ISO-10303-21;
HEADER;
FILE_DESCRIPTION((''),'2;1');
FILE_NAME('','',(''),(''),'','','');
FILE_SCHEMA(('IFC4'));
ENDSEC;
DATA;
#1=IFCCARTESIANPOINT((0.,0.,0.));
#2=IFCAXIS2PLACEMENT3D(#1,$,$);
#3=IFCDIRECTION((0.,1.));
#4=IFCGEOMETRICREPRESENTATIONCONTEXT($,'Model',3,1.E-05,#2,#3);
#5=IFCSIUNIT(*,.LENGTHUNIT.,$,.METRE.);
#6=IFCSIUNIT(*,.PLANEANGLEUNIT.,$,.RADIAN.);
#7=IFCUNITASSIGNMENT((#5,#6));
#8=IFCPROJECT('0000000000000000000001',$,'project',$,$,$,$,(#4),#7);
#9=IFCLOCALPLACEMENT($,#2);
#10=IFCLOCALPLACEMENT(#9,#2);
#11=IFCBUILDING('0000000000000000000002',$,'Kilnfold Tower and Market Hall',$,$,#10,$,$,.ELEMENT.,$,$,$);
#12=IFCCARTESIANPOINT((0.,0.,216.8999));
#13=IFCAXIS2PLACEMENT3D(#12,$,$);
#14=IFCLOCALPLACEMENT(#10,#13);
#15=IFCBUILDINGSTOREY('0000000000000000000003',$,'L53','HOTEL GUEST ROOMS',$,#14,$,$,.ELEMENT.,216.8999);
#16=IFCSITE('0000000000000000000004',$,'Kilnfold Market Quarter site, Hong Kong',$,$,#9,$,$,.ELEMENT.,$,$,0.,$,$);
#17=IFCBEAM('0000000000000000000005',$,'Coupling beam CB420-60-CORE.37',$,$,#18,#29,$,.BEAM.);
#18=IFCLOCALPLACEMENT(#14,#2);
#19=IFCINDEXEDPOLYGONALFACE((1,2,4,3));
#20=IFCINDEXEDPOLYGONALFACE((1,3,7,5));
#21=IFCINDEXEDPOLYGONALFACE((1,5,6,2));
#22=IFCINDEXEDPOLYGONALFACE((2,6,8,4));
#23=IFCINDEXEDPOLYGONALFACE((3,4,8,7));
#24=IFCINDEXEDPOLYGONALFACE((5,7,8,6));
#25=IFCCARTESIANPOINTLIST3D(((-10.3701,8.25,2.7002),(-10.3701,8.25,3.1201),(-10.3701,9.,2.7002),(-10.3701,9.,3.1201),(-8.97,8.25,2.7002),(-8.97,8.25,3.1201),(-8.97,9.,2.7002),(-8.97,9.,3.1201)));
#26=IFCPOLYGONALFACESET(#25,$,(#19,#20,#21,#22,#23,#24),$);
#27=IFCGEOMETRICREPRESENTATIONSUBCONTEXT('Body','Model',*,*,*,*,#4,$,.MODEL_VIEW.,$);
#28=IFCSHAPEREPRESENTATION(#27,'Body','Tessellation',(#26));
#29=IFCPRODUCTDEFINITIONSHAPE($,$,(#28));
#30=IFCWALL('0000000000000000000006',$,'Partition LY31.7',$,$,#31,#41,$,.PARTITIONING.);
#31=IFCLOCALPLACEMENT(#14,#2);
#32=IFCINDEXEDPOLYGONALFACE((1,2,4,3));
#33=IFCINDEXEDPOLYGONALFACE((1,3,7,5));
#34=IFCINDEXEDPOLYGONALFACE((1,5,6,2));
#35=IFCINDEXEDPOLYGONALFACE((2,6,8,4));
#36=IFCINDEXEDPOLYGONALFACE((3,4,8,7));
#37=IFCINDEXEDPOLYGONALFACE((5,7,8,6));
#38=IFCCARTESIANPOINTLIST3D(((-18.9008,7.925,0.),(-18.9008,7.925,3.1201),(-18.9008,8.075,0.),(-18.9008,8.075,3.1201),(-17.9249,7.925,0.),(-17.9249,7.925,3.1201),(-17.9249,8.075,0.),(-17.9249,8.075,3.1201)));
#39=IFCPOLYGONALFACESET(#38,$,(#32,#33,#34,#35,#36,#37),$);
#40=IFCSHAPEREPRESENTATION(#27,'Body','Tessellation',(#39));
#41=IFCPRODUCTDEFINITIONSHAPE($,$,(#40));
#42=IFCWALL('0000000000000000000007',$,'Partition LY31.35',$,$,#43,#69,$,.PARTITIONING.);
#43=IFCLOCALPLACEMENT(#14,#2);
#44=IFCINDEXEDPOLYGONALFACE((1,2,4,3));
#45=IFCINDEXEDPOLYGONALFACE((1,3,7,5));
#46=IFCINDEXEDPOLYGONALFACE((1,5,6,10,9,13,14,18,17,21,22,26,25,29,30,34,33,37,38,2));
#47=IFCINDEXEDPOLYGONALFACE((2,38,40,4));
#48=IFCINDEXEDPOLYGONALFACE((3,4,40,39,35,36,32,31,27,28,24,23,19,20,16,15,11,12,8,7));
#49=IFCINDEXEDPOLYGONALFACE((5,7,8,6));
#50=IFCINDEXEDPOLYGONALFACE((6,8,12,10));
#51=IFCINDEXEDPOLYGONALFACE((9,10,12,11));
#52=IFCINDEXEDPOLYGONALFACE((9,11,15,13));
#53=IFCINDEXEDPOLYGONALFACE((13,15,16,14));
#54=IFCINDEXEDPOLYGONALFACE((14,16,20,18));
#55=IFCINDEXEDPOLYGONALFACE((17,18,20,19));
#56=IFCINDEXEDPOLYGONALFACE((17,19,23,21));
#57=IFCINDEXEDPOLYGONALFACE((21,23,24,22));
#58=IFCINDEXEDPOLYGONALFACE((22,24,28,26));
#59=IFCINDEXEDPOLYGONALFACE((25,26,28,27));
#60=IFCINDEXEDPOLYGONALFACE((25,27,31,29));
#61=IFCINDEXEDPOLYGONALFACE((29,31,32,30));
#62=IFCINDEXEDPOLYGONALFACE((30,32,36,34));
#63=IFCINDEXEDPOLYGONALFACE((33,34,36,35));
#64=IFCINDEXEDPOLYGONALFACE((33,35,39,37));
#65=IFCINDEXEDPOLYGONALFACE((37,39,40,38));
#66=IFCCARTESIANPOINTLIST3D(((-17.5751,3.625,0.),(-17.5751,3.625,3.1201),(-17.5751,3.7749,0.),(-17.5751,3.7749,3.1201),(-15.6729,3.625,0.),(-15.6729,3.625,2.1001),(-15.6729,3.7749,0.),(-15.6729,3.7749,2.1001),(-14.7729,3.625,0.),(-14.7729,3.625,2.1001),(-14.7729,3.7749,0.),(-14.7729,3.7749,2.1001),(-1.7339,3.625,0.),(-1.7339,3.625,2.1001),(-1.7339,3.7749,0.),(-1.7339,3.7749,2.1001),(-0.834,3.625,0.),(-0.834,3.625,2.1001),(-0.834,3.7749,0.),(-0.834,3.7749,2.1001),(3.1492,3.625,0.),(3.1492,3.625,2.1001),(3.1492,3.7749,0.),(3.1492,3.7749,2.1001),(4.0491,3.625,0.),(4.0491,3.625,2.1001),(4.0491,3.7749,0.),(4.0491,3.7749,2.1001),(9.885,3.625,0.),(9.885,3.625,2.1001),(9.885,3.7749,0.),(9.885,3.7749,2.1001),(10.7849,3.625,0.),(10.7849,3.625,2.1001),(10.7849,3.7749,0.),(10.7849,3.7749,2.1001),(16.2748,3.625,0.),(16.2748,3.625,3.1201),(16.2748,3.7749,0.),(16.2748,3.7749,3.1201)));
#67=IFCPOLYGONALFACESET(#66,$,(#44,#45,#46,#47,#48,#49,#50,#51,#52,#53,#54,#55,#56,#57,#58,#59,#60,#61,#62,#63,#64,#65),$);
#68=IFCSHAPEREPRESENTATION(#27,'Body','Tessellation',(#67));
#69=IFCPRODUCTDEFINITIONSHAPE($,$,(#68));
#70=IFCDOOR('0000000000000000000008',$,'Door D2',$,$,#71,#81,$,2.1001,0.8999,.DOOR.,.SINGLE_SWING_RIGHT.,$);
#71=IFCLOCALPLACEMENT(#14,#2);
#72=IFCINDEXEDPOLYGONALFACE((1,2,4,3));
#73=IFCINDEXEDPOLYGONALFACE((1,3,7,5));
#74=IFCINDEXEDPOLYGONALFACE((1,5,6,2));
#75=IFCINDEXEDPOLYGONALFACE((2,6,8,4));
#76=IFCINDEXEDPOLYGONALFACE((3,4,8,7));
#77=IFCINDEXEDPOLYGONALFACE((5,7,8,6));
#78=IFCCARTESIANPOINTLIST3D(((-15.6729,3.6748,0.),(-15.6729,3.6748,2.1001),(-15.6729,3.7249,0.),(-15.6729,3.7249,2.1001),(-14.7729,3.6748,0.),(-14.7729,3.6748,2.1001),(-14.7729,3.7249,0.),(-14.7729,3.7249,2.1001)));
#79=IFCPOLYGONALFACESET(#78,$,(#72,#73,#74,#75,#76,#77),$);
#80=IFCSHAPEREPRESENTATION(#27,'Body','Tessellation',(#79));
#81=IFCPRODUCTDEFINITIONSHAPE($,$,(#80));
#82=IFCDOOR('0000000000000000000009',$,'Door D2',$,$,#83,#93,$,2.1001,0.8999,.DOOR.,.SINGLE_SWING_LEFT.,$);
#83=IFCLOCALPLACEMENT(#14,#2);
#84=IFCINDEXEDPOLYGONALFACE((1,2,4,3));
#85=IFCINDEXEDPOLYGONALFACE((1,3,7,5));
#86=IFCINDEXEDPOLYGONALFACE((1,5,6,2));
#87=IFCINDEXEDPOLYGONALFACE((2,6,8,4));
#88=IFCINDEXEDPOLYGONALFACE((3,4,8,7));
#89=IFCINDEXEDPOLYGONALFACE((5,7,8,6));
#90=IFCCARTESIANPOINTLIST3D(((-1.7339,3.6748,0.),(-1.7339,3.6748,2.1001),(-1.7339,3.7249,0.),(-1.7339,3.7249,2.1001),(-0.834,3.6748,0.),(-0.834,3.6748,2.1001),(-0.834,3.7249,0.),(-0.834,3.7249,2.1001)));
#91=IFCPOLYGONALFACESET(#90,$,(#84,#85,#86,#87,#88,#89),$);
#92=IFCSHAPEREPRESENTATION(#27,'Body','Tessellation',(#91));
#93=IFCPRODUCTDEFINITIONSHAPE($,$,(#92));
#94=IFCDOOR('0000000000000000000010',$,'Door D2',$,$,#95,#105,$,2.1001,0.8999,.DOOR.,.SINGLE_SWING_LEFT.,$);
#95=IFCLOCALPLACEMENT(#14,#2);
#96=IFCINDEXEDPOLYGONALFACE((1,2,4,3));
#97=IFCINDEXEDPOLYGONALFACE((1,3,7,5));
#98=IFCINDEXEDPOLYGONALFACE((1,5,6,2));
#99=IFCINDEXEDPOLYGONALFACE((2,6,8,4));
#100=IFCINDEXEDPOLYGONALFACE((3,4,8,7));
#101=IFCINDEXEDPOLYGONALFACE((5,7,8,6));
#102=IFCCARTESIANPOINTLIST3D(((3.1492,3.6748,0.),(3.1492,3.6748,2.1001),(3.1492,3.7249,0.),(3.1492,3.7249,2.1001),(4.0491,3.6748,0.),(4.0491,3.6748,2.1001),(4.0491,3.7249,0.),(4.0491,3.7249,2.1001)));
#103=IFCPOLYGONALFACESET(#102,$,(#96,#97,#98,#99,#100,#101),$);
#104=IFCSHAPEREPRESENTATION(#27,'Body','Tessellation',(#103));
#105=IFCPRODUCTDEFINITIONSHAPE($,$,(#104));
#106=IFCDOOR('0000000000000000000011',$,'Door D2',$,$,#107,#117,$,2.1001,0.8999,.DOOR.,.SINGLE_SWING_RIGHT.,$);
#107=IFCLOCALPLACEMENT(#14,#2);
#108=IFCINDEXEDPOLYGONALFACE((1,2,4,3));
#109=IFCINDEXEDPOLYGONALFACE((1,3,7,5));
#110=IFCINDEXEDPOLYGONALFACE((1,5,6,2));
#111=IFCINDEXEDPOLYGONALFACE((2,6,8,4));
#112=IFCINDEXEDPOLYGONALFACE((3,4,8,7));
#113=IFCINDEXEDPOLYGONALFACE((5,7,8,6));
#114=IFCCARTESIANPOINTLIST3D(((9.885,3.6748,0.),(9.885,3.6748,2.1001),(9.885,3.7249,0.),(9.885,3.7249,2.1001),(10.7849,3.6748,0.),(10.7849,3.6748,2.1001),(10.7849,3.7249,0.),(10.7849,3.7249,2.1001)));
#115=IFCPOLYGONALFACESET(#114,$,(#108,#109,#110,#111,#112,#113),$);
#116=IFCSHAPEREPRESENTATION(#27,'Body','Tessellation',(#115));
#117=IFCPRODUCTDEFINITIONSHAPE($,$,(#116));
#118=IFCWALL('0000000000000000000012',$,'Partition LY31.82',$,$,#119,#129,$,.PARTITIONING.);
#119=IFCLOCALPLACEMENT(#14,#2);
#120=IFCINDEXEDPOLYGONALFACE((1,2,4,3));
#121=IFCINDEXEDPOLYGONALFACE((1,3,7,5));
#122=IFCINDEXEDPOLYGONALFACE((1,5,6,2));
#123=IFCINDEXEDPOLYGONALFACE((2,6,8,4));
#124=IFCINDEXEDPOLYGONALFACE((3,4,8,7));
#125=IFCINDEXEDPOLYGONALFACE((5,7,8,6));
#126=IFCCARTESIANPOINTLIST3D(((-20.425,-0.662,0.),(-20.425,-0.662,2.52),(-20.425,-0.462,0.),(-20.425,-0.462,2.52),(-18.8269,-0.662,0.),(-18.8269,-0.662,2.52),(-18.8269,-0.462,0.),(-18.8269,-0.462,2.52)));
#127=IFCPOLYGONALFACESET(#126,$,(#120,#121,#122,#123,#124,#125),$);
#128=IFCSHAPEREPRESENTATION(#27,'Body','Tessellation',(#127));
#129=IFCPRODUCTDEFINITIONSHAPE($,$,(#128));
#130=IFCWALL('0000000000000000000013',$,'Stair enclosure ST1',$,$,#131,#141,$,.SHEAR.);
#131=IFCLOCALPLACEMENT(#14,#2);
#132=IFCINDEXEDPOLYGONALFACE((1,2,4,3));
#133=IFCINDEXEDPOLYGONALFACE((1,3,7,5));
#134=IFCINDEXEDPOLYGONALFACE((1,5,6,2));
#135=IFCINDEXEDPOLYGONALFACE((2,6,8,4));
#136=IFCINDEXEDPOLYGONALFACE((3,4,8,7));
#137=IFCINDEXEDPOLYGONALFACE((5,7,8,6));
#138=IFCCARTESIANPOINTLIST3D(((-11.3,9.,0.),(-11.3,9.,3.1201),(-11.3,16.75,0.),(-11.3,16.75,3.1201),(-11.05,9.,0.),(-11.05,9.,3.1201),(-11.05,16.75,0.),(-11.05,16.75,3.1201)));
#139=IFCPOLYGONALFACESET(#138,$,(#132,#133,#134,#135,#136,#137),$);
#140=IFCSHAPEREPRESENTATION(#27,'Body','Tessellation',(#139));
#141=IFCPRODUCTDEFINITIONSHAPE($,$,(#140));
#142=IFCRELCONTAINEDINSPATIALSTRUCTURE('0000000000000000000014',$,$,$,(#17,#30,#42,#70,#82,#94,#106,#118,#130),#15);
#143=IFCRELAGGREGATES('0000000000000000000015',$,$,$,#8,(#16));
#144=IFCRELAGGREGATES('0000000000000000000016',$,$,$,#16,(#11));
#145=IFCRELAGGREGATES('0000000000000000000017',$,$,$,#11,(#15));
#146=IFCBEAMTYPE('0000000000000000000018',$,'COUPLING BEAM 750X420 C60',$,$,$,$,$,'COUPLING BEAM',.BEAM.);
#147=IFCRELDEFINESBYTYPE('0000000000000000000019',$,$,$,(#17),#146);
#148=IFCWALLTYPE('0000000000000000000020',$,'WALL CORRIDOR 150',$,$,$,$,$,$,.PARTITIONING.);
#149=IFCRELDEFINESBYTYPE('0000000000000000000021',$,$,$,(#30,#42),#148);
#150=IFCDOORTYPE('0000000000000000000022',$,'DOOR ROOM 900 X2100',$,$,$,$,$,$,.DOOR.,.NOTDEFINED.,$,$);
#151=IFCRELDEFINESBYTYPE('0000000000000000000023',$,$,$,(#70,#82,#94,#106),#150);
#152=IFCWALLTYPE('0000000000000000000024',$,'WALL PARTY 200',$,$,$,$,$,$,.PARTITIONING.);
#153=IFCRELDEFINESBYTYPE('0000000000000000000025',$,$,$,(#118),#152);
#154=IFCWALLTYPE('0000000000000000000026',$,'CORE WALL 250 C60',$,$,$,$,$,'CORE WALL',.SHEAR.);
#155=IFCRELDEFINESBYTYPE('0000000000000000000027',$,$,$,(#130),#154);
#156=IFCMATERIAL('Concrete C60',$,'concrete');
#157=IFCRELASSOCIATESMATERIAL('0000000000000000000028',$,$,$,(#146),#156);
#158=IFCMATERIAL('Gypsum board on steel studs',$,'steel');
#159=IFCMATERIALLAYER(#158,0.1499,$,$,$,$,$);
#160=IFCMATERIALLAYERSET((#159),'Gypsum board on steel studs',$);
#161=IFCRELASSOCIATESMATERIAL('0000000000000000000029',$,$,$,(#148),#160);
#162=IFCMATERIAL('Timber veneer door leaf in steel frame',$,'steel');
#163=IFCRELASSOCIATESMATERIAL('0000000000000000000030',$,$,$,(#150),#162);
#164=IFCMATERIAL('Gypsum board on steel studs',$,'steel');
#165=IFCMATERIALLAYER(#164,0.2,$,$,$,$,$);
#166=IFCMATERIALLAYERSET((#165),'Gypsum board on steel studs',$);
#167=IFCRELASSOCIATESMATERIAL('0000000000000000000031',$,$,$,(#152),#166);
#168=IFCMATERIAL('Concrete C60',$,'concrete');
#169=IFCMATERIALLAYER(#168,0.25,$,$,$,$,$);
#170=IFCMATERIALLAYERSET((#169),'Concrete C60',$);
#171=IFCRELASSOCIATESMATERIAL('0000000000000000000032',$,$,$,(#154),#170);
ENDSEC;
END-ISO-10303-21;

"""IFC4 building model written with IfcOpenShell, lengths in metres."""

from ifc_helpers import new_model, si_unit, direction, frame, frame_2d, origin, origin_2d, place, context, subcontext, project, spatial, rectangle, extrude, source, transform, mapped, material, layer, layer_set, material_profile, profile_set, type_object, element, fill, save


model = new_model("IFC4")

# Units and contexts
model_context = context("Model", 3, precision=1e-05, world=origin(), true_north=direction((0.0, 1.0)))
body_context = subcontext(model_context, "Body", "Model", "MODEL_VIEW")
ifc_project = project(units=[si_unit("LENGTHUNIT", "METRE"), si_unit("PLANEANGLEUNIT", "RADIAN")], contexts=[model_context])

# Site, building, storey
site_placement = place(None, origin())
site = spatial("IfcSite", under=ifc_project, at=site_placement, Name="Kilnfold Market Quarter site, Hong Kong", CompositionType="ELEMENT", RefElevation=0.0)
building_placement = place(site_placement, origin())
building = spatial("IfcBuilding", under=site, at=building_placement, Name="Kilnfold Tower and Market Hall", CompositionType="ELEMENT")
storey_placement = place(building_placement, frame((0.0, 0.0, 216.8999)))
storey = spatial("IfcBuildingStorey", under=building, at=storey_placement, Name="L53", Description="HOTEL GUEST ROOMS", CompositionType="ELEMENT", Elevation=216.8999)

# Beam
ifc_material_1 = material(Name="Concrete C60", Category="concrete")
ifc_material_profile = material_profile(ifc_material_1, rectangle(XDim=0.75, YDim=0.4199, at=origin_2d()), Name="RC 750x420")
ifc_profile_set = profile_set([ifc_material_profile], Name="Concrete C60")
beam_type = type_object("IfcBeamType", Name="COUPLING BEAM 750X420 C60", ElementType="COUPLING BEAM", PredefinedType="BEAM", material=ifc_profile_set)
shared_shape_1 = source(origin(), body_context, "Body", "SweptSolid", [
    extrude(rectangle(XDim=0.75, YDim=0.4199, at=origin_2d()), origin(), (0.0, 0.0, 1.0), 1.4001),
])
beam_placement = place(storey_placement, frame((-10.3701, 8.625, 2.9102), z_axis=(1.0, 0.0, 0.0), x_axis=(0.0, 1.0, 0.0)))
element("IfcBeam", 1, at=beam_placement, inside=storey, type_object=beam_type, Name="Coupling beam CB420-60-CORE.37", PredefinedType="BEAM", context=body_context, shape_type="MappedRepresentation", body=[
    mapped(shared_shape_1, transform((0.0, 0.0, 0.0))),
])

# Wall
ifc_material_2 = material(Name="Gypsum board on steel studs", Category="steel")
ifc_layer_1 = layer(ifc_material_2, 0.1499)
ifc_layer_set_1 = layer_set([ifc_layer_1], Name="Gypsum board on steel studs")
wall_type_1 = type_object("IfcWallType", Name="WALL CORRIDOR 150", PredefinedType="PARTITIONING", material=ifc_layer_set_1)
wall_1_placement = place(storey_placement, frame((-17.925, 8.0, 0.0), z_axis=(0.0, 0.0, 1.0), x_axis=(-1.0, 0.0, 0.0)))
element("IfcWall", 2, at=wall_1_placement, inside=storey, type_object=wall_type_1, Name="Partition LY31.7", PredefinedType="PARTITIONING", context=body_context, shape_type="SweptSolid", body=[
    extrude(rectangle(XDim=0.9758, YDim=0.1499, at=frame_2d((0.4878, 0.0))), origin(), (0.0, 0.0, 1.0), 3.1201),
])

# Wall, openings, doors
wall_2_placement = place(storey_placement, frame((-17.575, 3.7, 0.0), z_axis=(0.0, 0.0, 1.0), x_axis=(1.0, 0.0, 0.0)))
wall_2 = element("IfcWall", 3, at=wall_2_placement, inside=storey, type_object=wall_type_1, Name="Partition LY31.35", PredefinedType="PARTITIONING", context=body_context, shape_type="SweptSolid", body=[
    extrude(rectangle(XDim=33.8499, YDim=0.1499, at=frame_2d((16.9248, 0.0))), origin(), (0.0, 0.0, 1.0), 3.1201),
])
opening_1_placement = place(wall_2_placement, frame((1.9021, 0.0, 0.0)))
opening_1 = element("IfcOpeningElement", 4, at=opening_1_placement, cuts=wall_2, PredefinedType="OPENING", context=body_context, shape_type="SweptSolid", body=[
    extrude(rectangle(XDim=0.8999, YDim=2.1001, at=frame_2d((0.45, 1.05))), frame((0.0, 0.085, 0.0), z_axis=(0.0, -1.0, 0.0), x_axis=(1.0, 0.0, 0.0)), (0.0, 0.0, 1.0), 0.1699),
])
opening_2_placement = place(wall_2_placement, frame((15.8411, 0.0, 0.0)))
opening_2 = element("IfcOpeningElement", 5, at=opening_2_placement, cuts=wall_2, PredefinedType="OPENING", context=body_context, shape_type="SweptSolid", body=[
    extrude(rectangle(XDim=0.8999, YDim=2.1001, at=frame_2d((0.45, 1.05))), frame((0.0, 0.085, 0.0), z_axis=(0.0, -1.0, 0.0), x_axis=(1.0, 0.0, 0.0)), (0.0, 0.0, 1.0), 0.1699),
])
opening_3_placement = place(wall_2_placement, frame((20.7241, 0.0, 0.0)))
opening_3 = element("IfcOpeningElement", 6, at=opening_3_placement, cuts=wall_2, PredefinedType="OPENING", context=body_context, shape_type="SweptSolid", body=[
    extrude(rectangle(XDim=0.8999, YDim=2.1001, at=frame_2d((0.45, 1.05))), frame((0.0, 0.085, 0.0), z_axis=(0.0, -1.0, 0.0), x_axis=(1.0, 0.0, 0.0)), (0.0, 0.0, 1.0), 0.1699),
])
opening_4_placement = place(wall_2_placement, frame((27.46, 0.0, 0.0)))
opening_4 = element("IfcOpeningElement", 7, at=opening_4_placement, cuts=wall_2, PredefinedType="OPENING", context=body_context, shape_type="SweptSolid", body=[
    extrude(rectangle(XDim=0.8999, YDim=2.1001, at=frame_2d((0.45, 1.05))), frame((0.0, 0.085, 0.0), z_axis=(0.0, -1.0, 0.0), x_axis=(1.0, 0.0, 0.0)), (0.0, 0.0, 1.0), 0.1699),
])
ifc_material_3 = material(Name="Timber veneer door leaf in steel frame", Category="steel")
door_type_1 = type_object("IfcDoorType", Name="DOOR ROOM 900 X2100", OperationType="NOTDEFINED", PredefinedType="DOOR", material=ifc_material_3)
door_1_placement = place(opening_1_placement, origin())
door_1 = element("IfcDoor", 8, at=door_1_placement, inside=storey, type_object=door_type_1, Name="Door D2", OperationType="SINGLE_SWING_RIGHT", OverallHeight=2.1001, OverallWidth=0.8999, PredefinedType="DOOR", context=body_context, shape_type="SweptSolid", body=[
    extrude(rectangle(XDim=0.8999, YDim=2.1001, at=frame_2d((0.45, 1.05))), frame((0.0, 0.0249, 0.0), z_axis=(0.0, -1.0, 0.0), x_axis=(1.0, 0.0, 0.0)), (0.0, 0.0, 1.0), 0.05),
])
fill(opening_1, door_1)
door_2_placement = place(opening_2_placement, origin())
door_2 = element("IfcDoor", 9, at=door_2_placement, inside=storey, type_object=door_type_1, Name="Door D2", OperationType="SINGLE_SWING_LEFT", OverallHeight=2.1001, OverallWidth=0.8999, PredefinedType="DOOR", context=body_context, shape_type="SweptSolid", body=[
    extrude(rectangle(XDim=0.8999, YDim=2.1001, at=frame_2d((0.45, 1.05))), frame((0.0, 0.0249, 0.0), z_axis=(0.0, -1.0, 0.0), x_axis=(1.0, 0.0, 0.0)), (0.0, 0.0, 1.0), 0.05),
])
fill(opening_2, door_2)
door_3_placement = place(opening_3_placement, origin())
door_3 = element("IfcDoor", 10, at=door_3_placement, inside=storey, type_object=door_type_1, Name="Door D2", OperationType="SINGLE_SWING_LEFT", OverallHeight=2.1001, OverallWidth=0.8999, PredefinedType="DOOR", context=body_context, shape_type="SweptSolid", body=[
    extrude(rectangle(XDim=0.8999, YDim=2.1001, at=frame_2d((0.45, 1.05))), frame((0.0, 0.0249, 0.0), z_axis=(0.0, -1.0, 0.0), x_axis=(1.0, 0.0, 0.0)), (0.0, 0.0, 1.0), 0.05),
])
fill(opening_3, door_3)
door_4_placement = place(opening_4_placement, origin())
door_4 = element("IfcDoor", 11, at=door_4_placement, inside=storey, type_object=door_type_1, Name="Door D2", OperationType="SINGLE_SWING_RIGHT", OverallHeight=2.1001, OverallWidth=0.8999, PredefinedType="DOOR", context=body_context, shape_type="SweptSolid", body=[
    extrude(rectangle(XDim=0.8999, YDim=2.1001, at=frame_2d((0.45, 1.05))), frame((0.0, 0.0249, 0.0), z_axis=(0.0, -1.0, 0.0), x_axis=(1.0, 0.0, 0.0)), (0.0, 0.0, 1.0), 0.05),
])
fill(opening_4, door_4)

# Walls
ifc_material_4 = material(Name="Gypsum board on steel studs", Category="steel")
ifc_layer_2 = layer(ifc_material_4, 0.2)
ifc_layer_set_2 = layer_set([ifc_layer_2], Name="Gypsum board on steel studs")
wall_type_2 = type_object("IfcWallType", Name="WALL PARTY 200", PredefinedType="PARTITIONING", material=ifc_layer_set_2)
wall_3_placement = place(storey_placement, frame((-18.8269, -0.562, 0.0), z_axis=(0.0, 0.0, 1.0), x_axis=(-1.0, 0.0, 0.0)))
element("IfcWall", 12, at=wall_3_placement, inside=storey, type_object=wall_type_2, Name="Partition LY31.82", PredefinedType="PARTITIONING", context=body_context, shape_type="SweptSolid", body=[
    extrude(rectangle(XDim=1.5981, YDim=0.2, at=frame_2d((0.7991, 0.0))), origin(), (0.0, 0.0, 1.0), 2.52),
])
ifc_material_5 = material(Name="Concrete C60", Category="concrete")
ifc_layer_3 = layer(ifc_material_5, 0.25)
ifc_layer_set_3 = layer_set([ifc_layer_3], Name="Concrete C60")
wall_type_3 = type_object("IfcWallType", Name="CORE WALL 250 C60", ElementType="CORE WALL", PredefinedType="SHEAR", material=ifc_layer_set_3)
shared_shape_2 = source(origin(), body_context, "Body", "SweptSolid", [
    extrude(rectangle(XDim=7.75, YDim=0.25, at=frame_2d((3.875, 0.0))), origin(), (0.0, 0.0, 1.0), 3.1201),
])
wall_4_placement = place(storey_placement, frame((-11.175, 9.0, 0.0), z_axis=(0.0, 0.0, 1.0), x_axis=(0.0, 1.0, 0.0)))
element("IfcWall", 13, at=wall_4_placement, inside=storey, type_object=wall_type_3, Name="Stair enclosure ST1", PredefinedType="SHEAR", context=body_context, shape_type="MappedRepresentation", body=[
    mapped(shared_shape_2, transform((0.0, 0.0, 0.0))),
])

save(model, "model.ifc")
